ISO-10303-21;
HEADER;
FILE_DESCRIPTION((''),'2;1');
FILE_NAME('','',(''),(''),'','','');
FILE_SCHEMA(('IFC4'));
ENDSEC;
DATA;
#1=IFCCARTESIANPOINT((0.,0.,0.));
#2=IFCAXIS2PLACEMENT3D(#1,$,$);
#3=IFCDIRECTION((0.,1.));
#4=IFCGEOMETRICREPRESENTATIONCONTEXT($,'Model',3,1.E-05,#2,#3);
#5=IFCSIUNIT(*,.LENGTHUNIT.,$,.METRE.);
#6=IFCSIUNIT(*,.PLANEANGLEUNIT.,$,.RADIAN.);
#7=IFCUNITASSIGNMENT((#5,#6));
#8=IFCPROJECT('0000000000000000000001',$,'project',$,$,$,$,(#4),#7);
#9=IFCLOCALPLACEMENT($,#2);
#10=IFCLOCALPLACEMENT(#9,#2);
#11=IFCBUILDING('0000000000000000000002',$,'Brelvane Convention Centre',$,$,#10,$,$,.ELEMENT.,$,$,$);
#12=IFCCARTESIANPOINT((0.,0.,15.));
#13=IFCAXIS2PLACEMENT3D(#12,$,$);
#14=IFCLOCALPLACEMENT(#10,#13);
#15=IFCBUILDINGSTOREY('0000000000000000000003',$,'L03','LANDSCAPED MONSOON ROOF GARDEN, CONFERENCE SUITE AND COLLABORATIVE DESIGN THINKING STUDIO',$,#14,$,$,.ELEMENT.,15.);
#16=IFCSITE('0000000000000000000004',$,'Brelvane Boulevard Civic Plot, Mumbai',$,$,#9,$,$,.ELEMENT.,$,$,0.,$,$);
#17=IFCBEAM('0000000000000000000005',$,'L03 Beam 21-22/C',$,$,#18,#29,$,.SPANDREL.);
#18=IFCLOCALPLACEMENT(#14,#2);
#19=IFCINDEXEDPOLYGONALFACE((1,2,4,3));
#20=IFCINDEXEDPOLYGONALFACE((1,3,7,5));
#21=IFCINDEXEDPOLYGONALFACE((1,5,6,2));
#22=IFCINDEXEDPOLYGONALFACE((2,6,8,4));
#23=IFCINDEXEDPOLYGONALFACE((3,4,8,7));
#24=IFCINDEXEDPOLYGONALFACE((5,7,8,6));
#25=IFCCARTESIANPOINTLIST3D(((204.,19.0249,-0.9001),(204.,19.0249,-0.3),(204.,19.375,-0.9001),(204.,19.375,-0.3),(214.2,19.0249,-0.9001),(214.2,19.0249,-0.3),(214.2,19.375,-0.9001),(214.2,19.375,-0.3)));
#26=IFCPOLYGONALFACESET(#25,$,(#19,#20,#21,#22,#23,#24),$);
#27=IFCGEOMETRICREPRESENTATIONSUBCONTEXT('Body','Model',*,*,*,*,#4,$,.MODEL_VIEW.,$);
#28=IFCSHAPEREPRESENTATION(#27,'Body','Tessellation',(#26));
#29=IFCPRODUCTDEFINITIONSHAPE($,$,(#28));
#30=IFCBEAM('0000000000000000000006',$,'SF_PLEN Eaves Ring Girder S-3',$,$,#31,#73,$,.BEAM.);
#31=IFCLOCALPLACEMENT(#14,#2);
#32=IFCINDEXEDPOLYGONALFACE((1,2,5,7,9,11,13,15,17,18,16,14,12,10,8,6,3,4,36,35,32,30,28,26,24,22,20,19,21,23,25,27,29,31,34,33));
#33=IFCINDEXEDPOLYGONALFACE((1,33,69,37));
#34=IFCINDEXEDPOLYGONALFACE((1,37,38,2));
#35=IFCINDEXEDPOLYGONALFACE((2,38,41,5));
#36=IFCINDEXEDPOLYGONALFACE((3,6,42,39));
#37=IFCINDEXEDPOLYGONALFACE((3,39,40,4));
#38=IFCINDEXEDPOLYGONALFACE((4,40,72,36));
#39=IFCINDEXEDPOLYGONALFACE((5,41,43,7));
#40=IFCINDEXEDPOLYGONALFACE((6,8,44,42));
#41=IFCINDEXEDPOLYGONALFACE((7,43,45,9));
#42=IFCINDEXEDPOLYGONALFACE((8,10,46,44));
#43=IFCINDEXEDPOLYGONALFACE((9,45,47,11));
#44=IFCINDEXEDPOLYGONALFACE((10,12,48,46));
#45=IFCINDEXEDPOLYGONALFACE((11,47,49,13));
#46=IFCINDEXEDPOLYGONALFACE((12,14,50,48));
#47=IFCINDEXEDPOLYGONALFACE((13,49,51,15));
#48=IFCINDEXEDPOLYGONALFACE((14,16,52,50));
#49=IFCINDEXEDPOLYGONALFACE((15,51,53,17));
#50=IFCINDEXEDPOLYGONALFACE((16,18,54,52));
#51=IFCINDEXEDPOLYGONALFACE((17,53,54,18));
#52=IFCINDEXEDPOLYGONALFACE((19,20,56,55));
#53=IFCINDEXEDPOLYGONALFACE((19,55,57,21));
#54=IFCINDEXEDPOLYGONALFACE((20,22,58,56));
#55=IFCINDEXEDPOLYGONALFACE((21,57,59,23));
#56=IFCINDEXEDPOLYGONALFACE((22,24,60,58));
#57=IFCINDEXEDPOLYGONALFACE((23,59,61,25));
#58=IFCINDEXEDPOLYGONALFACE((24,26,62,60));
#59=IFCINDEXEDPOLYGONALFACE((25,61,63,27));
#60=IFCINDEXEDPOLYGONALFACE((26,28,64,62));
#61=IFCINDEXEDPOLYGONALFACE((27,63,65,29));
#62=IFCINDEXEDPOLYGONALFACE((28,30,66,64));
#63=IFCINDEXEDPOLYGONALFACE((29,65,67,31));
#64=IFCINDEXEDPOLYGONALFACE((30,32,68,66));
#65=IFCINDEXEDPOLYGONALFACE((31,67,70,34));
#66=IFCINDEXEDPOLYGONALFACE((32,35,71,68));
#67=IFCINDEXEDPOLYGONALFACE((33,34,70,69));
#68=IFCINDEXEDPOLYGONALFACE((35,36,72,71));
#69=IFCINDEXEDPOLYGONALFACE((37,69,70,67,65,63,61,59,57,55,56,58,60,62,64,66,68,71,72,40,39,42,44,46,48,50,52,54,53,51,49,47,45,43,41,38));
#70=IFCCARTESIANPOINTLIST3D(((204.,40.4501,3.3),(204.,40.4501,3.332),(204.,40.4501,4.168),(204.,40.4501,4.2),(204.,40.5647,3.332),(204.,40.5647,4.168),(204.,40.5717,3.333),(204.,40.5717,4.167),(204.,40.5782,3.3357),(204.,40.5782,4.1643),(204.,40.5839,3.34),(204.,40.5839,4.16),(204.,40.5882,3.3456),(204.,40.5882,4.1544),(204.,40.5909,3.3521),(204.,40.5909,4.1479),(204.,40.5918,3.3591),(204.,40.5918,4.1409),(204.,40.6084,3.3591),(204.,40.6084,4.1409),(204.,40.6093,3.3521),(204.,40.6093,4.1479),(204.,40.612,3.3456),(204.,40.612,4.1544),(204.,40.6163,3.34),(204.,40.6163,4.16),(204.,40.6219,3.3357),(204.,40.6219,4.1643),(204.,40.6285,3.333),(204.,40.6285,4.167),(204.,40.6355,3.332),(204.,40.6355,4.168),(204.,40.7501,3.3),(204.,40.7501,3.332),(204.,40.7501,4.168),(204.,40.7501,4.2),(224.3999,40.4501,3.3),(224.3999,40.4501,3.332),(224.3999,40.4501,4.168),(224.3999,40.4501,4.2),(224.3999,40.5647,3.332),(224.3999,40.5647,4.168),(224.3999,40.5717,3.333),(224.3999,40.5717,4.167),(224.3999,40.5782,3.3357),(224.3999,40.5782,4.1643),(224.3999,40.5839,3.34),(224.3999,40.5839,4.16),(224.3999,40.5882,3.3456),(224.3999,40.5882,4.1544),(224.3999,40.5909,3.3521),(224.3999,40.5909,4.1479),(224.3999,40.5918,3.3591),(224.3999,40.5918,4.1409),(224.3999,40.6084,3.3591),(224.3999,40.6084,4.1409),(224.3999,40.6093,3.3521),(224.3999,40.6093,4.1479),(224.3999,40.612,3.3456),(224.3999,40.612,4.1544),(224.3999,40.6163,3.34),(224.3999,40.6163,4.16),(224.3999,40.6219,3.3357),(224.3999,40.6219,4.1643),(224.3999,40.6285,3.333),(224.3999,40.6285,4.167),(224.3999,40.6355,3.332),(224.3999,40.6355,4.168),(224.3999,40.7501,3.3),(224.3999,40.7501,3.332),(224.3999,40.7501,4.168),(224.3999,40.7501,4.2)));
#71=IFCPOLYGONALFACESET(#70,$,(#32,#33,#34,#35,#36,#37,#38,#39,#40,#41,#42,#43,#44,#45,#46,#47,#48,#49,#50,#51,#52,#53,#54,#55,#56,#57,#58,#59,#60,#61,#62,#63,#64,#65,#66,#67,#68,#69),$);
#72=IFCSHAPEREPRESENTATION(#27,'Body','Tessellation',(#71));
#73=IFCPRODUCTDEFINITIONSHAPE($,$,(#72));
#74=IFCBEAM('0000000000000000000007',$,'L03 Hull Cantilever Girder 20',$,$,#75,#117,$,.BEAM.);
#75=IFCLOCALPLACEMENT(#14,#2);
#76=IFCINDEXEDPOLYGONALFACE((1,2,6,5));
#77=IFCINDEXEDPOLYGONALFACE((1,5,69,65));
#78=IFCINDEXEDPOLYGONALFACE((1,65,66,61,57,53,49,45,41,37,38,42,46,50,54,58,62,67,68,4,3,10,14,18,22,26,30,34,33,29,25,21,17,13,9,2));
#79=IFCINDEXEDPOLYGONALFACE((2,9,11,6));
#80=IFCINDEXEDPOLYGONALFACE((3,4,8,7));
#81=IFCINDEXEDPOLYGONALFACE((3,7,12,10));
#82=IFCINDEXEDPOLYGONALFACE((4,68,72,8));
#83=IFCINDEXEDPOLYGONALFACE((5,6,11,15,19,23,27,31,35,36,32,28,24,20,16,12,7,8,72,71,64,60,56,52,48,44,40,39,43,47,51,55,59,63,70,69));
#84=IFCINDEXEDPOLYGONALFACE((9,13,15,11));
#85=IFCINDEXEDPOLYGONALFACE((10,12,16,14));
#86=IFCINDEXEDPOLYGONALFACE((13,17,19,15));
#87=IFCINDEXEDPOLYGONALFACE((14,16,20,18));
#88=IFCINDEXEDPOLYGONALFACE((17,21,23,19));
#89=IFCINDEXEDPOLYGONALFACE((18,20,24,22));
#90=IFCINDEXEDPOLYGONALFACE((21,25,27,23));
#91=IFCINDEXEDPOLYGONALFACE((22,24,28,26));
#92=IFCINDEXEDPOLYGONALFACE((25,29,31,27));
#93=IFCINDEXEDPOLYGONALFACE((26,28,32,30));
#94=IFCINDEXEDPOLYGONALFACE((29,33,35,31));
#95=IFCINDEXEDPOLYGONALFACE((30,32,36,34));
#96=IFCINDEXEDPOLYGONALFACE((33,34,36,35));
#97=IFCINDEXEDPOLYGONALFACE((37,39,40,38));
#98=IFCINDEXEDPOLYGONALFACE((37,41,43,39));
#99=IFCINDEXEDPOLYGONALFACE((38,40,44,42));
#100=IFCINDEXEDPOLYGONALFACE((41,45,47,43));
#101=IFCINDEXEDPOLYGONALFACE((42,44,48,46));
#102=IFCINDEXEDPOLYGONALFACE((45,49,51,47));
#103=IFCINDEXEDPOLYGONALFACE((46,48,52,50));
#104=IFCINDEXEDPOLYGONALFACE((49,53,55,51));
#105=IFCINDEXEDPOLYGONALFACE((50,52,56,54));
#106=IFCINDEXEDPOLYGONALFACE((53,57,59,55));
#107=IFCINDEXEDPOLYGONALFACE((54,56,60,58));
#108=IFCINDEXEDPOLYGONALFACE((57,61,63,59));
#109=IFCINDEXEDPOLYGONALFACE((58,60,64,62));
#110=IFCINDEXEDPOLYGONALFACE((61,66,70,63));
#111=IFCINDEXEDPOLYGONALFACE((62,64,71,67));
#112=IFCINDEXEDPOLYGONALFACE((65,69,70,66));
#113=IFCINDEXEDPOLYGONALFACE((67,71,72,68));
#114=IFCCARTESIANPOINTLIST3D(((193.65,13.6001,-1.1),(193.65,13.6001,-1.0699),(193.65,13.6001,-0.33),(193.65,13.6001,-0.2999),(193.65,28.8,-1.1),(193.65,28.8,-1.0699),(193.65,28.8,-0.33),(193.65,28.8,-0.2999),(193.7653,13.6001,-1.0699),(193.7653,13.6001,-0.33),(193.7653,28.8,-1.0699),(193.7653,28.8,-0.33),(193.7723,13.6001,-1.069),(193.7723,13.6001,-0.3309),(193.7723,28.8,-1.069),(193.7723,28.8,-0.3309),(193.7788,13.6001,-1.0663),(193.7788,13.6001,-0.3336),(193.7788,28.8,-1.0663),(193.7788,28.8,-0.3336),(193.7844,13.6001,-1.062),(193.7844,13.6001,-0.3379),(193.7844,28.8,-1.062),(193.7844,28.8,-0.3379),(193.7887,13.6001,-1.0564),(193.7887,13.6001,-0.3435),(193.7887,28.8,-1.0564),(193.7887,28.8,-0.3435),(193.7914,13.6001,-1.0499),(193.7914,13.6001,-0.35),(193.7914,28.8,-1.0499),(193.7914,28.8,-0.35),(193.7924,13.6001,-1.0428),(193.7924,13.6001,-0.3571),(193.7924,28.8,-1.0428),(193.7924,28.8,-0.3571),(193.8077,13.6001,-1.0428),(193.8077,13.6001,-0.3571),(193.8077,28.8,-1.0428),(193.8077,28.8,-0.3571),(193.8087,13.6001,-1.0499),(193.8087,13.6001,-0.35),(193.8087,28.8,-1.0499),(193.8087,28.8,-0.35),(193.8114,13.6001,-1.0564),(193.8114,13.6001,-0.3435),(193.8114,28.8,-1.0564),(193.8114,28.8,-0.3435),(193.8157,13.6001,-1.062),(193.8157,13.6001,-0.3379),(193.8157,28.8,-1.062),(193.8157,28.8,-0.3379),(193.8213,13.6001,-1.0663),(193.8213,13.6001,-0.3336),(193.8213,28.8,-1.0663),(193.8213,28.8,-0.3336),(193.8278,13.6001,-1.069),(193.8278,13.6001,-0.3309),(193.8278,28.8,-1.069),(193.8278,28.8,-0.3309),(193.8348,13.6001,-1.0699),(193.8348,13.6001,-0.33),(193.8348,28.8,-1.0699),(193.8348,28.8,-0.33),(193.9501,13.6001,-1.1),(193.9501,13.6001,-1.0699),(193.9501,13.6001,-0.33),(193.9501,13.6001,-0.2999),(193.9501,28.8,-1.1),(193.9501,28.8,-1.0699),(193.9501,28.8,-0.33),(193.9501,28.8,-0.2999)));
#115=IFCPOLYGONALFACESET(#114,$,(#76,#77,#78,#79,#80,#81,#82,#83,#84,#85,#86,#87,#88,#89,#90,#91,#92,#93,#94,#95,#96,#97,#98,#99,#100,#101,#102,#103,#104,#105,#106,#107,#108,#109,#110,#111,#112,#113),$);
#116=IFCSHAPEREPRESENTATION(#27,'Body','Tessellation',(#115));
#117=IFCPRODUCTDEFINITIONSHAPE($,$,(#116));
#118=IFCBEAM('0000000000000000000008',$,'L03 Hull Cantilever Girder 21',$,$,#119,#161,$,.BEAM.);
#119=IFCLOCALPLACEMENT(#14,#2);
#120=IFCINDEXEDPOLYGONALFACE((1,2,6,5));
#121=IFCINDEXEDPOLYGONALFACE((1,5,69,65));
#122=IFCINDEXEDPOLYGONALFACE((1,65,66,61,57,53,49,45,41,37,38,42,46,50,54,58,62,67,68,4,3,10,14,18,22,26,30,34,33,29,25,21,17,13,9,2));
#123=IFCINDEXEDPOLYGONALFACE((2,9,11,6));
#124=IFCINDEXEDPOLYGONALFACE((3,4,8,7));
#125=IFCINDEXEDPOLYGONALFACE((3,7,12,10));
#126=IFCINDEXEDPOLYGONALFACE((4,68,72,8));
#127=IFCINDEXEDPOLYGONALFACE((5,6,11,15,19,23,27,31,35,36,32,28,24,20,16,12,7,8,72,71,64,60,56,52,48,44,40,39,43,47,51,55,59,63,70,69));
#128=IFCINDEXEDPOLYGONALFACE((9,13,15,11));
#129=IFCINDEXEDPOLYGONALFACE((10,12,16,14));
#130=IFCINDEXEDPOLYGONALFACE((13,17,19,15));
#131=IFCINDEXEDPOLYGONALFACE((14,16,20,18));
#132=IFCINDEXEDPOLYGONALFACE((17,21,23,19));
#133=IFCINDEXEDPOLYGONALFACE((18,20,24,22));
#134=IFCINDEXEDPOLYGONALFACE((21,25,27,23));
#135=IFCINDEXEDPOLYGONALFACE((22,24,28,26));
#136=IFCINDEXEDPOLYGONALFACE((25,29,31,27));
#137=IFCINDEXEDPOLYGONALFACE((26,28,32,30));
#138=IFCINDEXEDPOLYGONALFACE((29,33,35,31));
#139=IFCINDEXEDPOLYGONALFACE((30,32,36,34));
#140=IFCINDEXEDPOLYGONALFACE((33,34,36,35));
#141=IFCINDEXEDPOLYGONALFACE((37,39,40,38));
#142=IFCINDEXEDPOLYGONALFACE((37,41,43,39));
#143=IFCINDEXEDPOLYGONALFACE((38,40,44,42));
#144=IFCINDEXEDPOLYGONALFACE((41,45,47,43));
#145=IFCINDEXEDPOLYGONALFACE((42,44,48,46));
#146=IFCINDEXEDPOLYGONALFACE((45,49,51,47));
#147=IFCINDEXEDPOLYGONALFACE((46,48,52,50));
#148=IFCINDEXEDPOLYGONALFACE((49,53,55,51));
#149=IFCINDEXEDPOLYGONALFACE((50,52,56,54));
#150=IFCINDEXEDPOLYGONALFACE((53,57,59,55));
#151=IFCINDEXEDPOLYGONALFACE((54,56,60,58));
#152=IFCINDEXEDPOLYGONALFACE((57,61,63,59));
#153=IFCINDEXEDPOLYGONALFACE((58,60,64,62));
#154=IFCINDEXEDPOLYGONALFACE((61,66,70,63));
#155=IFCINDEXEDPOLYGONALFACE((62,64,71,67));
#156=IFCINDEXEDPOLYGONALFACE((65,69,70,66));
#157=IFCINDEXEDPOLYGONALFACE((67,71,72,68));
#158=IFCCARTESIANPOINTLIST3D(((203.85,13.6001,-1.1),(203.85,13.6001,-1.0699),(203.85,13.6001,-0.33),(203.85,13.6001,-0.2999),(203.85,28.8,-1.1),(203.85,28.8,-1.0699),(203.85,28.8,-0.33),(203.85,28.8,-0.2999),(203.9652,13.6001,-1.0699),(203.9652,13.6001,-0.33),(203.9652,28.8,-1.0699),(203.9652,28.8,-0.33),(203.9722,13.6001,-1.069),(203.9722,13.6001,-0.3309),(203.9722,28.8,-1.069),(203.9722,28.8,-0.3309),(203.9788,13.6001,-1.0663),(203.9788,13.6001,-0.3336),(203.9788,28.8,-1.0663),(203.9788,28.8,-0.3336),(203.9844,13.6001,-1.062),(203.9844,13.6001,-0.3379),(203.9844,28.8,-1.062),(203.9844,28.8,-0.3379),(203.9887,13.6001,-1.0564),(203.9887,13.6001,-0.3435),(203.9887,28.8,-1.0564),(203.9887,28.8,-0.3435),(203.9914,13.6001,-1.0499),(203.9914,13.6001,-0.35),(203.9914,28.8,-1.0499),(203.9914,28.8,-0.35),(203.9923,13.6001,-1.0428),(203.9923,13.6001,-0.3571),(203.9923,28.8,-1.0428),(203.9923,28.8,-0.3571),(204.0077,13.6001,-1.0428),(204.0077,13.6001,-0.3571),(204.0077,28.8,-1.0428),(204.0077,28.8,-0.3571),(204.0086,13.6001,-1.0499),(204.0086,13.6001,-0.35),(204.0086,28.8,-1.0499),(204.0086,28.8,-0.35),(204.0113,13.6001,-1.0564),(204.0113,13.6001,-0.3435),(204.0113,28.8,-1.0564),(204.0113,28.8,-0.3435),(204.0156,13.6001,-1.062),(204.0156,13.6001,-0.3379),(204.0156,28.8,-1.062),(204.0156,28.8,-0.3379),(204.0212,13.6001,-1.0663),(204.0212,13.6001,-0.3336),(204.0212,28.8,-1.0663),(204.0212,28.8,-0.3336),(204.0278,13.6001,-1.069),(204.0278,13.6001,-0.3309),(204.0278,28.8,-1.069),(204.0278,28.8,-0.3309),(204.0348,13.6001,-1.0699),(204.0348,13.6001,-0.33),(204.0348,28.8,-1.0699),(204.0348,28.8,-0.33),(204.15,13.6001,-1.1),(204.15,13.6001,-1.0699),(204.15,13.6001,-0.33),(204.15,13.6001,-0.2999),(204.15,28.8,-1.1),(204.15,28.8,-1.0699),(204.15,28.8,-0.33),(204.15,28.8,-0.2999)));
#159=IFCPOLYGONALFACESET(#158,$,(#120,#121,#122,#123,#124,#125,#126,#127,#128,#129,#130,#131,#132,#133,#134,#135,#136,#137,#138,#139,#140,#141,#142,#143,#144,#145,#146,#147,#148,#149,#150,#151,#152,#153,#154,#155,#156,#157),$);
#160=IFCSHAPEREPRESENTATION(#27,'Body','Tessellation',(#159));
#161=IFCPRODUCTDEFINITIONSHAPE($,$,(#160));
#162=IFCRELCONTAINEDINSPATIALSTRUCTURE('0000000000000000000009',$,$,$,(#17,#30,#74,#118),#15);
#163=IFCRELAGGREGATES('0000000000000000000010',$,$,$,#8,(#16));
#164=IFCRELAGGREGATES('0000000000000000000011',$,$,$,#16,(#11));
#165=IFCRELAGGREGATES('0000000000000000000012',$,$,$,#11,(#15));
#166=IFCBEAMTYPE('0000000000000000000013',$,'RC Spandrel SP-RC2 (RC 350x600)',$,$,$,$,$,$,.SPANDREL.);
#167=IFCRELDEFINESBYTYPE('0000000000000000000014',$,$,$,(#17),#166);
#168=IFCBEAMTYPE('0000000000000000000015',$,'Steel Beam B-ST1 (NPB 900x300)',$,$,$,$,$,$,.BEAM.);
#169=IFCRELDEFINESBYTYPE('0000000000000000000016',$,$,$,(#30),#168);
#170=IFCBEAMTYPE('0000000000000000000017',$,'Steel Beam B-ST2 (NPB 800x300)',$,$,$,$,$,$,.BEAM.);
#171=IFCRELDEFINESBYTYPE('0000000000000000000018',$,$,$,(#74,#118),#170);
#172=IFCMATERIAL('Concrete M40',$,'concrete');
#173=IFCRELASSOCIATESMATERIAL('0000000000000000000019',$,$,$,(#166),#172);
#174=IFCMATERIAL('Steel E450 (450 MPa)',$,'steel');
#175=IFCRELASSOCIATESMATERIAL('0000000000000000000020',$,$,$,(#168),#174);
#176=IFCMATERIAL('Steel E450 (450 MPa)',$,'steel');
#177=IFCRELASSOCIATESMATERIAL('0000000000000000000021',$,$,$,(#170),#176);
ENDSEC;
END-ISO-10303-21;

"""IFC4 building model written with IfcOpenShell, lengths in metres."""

from ifc_helpers import new_model, si_unit, direction, frame, origin, origin_2d, place, context, subcontext, project, spatial, rectangle, i_section, extrude, material, material_profile, profile_set, type_object, element, save


model = new_model("IFC4")

# Units and contexts
model_context = context("Model", 3, precision=1e-05, world=origin(), true_north=direction((0.0, 1.0)))
body_context = subcontext(model_context, "Body", "Model", "MODEL_VIEW")
ifc_project = project(units=[si_unit("LENGTHUNIT", "METRE"), si_unit("PLANEANGLEUNIT", "RADIAN")], contexts=[model_context])

# Site, building, storey
site_placement = place(None, origin())
site = spatial("IfcSite", under=ifc_project, at=site_placement, Name="Brelvane Boulevard Civic Plot, Mumbai", CompositionType="ELEMENT", RefElevation=0.0)
building_placement = place(site_placement, origin())
building = spatial("IfcBuilding", under=site, at=building_placement, Name="Brelvane Convention Centre", CompositionType="ELEMENT")
storey_placement = place(building_placement, frame((0.0, 0.0, 15.0)))
storey = spatial("IfcBuildingStorey", under=building, at=storey_placement, Name="L03", Description="LANDSCAPED MONSOON ROOF GARDEN, CONFERENCE SUITE AND COLLABORATIVE DESIGN THINKING STUDIO", CompositionType="ELEMENT", Elevation=15.0)

# Beams
ifc_material_1 = material(Name="Concrete M40", Category="concrete")
ifc_material_profile_1 = material_profile(ifc_material_1, rectangle(XDim=0.3501, YDim=0.6001, at=origin_2d()), Name="RC 350x600")
ifc_profile_set_1 = profile_set([ifc_material_profile_1], Name="Concrete M40")
beam_type_1 = type_object("IfcBeamType", Name="RC Spandrel SP-RC2 (RC 350x600)", PredefinedType="SPANDREL", material=ifc_profile_set_1)
for number, where, z_axis, x_axis, name in (
    (1, (204.0, 19.2, -0.6001), (1.0, 0.0, 0.0), (0.0, 1.0, 0.0), "L03 Beam 21-22/C"),
):
    element("IfcBeam", number, at=place(storey_placement, frame(where, z_axis=z_axis, x_axis=x_axis)), inside=storey, type_object=beam_type_1, Name=name, PredefinedType="SPANDREL", context=body_context, shape_type="SweptSolid", body=[
        extrude(rectangle(XDim=0.3501, YDim=0.6001, at=origin_2d()), origin(), (0.0, 0.0, 1.0), 10.2),
    ])
ifc_material_2 = material(Name="Steel E450 (450 MPa)", Category="steel")
ifc_material_profile_2 = material_profile(ifc_material_2, i_section(OverallWidth=0.3, OverallDepth=0.8999, WebThickness=0.0166, FlangeThickness=0.032, FilletRadius=0.0271, at=origin_2d()), Name="NPB 900x300")
ifc_profile_set_2 = profile_set([ifc_material_profile_2], Name="Steel E450 (450 MPa)")
beam_type_2 = type_object("IfcBeamType", Name="Steel Beam B-ST1 (NPB 900x300)", PredefinedType="BEAM", material=ifc_profile_set_2)
beam_1_placement = place(storey_placement, frame((204.0, 40.6001, 3.75), z_axis=(1.0, 0.0, 0.0), x_axis=(0.0, 1.0, 0.0)))
element("IfcBeam", 2, at=beam_1_placement, inside=storey, type_object=beam_type_2, Name="SF_PLEN Eaves Ring Girder S-3", PredefinedType="BEAM", context=body_context, shape_type="SweptSolid", body=[
    extrude(i_section(OverallWidth=0.3, OverallDepth=0.8999, WebThickness=0.0166, FlangeThickness=0.032, FilletRadius=0.0271, at=origin_2d()), origin(), (0.0, 0.0, 1.0), 20.3999),
])
ifc_material_3 = material(Name="Steel E450 (450 MPa)", Category="steel")
ifc_material_profile_3 = material_profile(ifc_material_3, i_section(OverallWidth=0.3, OverallDepth=0.8, WebThickness=0.0154, FlangeThickness=0.03, FilletRadius=0.0271, at=origin_2d()), Name="NPB 800x300")
ifc_profile_set_3 = profile_set([ifc_material_profile_3], Name="Steel E450 (450 MPa)")
beam_type_3 = type_object("IfcBeamType", Name="Steel Beam B-ST2 (NPB 800x300)", PredefinedType="BEAM", material=ifc_profile_set_3)
for number, where, z_axis, x_axis, name in (
    (3, (193.8, 13.6001, -0.7), (0.0, 1.0, 0.0), (-1.0, 0.0, 0.0), "L03 Hull Cantilever Girder 20"),
    (4, (204.0, 13.6001, -0.7), (0.0, 1.0, 0.0), (-1.0, 0.0, 0.0), "L03 Hull Cantilever Girder 21"),
):
    element("IfcBeam", number, at=place(storey_placement, frame(where, z_axis=z_axis, x_axis=x_axis)), inside=storey, type_object=beam_type_3, Name=name, PredefinedType="BEAM", context=body_context, shape_type="SweptSolid", body=[
        extrude(i_section(OverallWidth=0.3, OverallDepth=0.8, WebThickness=0.0154, FlangeThickness=0.03, FilletRadius=0.0271, at=origin_2d()), origin(), (0.0, 0.0, 1.0), 15.2),
    ])

save(model, "model.ifc")
